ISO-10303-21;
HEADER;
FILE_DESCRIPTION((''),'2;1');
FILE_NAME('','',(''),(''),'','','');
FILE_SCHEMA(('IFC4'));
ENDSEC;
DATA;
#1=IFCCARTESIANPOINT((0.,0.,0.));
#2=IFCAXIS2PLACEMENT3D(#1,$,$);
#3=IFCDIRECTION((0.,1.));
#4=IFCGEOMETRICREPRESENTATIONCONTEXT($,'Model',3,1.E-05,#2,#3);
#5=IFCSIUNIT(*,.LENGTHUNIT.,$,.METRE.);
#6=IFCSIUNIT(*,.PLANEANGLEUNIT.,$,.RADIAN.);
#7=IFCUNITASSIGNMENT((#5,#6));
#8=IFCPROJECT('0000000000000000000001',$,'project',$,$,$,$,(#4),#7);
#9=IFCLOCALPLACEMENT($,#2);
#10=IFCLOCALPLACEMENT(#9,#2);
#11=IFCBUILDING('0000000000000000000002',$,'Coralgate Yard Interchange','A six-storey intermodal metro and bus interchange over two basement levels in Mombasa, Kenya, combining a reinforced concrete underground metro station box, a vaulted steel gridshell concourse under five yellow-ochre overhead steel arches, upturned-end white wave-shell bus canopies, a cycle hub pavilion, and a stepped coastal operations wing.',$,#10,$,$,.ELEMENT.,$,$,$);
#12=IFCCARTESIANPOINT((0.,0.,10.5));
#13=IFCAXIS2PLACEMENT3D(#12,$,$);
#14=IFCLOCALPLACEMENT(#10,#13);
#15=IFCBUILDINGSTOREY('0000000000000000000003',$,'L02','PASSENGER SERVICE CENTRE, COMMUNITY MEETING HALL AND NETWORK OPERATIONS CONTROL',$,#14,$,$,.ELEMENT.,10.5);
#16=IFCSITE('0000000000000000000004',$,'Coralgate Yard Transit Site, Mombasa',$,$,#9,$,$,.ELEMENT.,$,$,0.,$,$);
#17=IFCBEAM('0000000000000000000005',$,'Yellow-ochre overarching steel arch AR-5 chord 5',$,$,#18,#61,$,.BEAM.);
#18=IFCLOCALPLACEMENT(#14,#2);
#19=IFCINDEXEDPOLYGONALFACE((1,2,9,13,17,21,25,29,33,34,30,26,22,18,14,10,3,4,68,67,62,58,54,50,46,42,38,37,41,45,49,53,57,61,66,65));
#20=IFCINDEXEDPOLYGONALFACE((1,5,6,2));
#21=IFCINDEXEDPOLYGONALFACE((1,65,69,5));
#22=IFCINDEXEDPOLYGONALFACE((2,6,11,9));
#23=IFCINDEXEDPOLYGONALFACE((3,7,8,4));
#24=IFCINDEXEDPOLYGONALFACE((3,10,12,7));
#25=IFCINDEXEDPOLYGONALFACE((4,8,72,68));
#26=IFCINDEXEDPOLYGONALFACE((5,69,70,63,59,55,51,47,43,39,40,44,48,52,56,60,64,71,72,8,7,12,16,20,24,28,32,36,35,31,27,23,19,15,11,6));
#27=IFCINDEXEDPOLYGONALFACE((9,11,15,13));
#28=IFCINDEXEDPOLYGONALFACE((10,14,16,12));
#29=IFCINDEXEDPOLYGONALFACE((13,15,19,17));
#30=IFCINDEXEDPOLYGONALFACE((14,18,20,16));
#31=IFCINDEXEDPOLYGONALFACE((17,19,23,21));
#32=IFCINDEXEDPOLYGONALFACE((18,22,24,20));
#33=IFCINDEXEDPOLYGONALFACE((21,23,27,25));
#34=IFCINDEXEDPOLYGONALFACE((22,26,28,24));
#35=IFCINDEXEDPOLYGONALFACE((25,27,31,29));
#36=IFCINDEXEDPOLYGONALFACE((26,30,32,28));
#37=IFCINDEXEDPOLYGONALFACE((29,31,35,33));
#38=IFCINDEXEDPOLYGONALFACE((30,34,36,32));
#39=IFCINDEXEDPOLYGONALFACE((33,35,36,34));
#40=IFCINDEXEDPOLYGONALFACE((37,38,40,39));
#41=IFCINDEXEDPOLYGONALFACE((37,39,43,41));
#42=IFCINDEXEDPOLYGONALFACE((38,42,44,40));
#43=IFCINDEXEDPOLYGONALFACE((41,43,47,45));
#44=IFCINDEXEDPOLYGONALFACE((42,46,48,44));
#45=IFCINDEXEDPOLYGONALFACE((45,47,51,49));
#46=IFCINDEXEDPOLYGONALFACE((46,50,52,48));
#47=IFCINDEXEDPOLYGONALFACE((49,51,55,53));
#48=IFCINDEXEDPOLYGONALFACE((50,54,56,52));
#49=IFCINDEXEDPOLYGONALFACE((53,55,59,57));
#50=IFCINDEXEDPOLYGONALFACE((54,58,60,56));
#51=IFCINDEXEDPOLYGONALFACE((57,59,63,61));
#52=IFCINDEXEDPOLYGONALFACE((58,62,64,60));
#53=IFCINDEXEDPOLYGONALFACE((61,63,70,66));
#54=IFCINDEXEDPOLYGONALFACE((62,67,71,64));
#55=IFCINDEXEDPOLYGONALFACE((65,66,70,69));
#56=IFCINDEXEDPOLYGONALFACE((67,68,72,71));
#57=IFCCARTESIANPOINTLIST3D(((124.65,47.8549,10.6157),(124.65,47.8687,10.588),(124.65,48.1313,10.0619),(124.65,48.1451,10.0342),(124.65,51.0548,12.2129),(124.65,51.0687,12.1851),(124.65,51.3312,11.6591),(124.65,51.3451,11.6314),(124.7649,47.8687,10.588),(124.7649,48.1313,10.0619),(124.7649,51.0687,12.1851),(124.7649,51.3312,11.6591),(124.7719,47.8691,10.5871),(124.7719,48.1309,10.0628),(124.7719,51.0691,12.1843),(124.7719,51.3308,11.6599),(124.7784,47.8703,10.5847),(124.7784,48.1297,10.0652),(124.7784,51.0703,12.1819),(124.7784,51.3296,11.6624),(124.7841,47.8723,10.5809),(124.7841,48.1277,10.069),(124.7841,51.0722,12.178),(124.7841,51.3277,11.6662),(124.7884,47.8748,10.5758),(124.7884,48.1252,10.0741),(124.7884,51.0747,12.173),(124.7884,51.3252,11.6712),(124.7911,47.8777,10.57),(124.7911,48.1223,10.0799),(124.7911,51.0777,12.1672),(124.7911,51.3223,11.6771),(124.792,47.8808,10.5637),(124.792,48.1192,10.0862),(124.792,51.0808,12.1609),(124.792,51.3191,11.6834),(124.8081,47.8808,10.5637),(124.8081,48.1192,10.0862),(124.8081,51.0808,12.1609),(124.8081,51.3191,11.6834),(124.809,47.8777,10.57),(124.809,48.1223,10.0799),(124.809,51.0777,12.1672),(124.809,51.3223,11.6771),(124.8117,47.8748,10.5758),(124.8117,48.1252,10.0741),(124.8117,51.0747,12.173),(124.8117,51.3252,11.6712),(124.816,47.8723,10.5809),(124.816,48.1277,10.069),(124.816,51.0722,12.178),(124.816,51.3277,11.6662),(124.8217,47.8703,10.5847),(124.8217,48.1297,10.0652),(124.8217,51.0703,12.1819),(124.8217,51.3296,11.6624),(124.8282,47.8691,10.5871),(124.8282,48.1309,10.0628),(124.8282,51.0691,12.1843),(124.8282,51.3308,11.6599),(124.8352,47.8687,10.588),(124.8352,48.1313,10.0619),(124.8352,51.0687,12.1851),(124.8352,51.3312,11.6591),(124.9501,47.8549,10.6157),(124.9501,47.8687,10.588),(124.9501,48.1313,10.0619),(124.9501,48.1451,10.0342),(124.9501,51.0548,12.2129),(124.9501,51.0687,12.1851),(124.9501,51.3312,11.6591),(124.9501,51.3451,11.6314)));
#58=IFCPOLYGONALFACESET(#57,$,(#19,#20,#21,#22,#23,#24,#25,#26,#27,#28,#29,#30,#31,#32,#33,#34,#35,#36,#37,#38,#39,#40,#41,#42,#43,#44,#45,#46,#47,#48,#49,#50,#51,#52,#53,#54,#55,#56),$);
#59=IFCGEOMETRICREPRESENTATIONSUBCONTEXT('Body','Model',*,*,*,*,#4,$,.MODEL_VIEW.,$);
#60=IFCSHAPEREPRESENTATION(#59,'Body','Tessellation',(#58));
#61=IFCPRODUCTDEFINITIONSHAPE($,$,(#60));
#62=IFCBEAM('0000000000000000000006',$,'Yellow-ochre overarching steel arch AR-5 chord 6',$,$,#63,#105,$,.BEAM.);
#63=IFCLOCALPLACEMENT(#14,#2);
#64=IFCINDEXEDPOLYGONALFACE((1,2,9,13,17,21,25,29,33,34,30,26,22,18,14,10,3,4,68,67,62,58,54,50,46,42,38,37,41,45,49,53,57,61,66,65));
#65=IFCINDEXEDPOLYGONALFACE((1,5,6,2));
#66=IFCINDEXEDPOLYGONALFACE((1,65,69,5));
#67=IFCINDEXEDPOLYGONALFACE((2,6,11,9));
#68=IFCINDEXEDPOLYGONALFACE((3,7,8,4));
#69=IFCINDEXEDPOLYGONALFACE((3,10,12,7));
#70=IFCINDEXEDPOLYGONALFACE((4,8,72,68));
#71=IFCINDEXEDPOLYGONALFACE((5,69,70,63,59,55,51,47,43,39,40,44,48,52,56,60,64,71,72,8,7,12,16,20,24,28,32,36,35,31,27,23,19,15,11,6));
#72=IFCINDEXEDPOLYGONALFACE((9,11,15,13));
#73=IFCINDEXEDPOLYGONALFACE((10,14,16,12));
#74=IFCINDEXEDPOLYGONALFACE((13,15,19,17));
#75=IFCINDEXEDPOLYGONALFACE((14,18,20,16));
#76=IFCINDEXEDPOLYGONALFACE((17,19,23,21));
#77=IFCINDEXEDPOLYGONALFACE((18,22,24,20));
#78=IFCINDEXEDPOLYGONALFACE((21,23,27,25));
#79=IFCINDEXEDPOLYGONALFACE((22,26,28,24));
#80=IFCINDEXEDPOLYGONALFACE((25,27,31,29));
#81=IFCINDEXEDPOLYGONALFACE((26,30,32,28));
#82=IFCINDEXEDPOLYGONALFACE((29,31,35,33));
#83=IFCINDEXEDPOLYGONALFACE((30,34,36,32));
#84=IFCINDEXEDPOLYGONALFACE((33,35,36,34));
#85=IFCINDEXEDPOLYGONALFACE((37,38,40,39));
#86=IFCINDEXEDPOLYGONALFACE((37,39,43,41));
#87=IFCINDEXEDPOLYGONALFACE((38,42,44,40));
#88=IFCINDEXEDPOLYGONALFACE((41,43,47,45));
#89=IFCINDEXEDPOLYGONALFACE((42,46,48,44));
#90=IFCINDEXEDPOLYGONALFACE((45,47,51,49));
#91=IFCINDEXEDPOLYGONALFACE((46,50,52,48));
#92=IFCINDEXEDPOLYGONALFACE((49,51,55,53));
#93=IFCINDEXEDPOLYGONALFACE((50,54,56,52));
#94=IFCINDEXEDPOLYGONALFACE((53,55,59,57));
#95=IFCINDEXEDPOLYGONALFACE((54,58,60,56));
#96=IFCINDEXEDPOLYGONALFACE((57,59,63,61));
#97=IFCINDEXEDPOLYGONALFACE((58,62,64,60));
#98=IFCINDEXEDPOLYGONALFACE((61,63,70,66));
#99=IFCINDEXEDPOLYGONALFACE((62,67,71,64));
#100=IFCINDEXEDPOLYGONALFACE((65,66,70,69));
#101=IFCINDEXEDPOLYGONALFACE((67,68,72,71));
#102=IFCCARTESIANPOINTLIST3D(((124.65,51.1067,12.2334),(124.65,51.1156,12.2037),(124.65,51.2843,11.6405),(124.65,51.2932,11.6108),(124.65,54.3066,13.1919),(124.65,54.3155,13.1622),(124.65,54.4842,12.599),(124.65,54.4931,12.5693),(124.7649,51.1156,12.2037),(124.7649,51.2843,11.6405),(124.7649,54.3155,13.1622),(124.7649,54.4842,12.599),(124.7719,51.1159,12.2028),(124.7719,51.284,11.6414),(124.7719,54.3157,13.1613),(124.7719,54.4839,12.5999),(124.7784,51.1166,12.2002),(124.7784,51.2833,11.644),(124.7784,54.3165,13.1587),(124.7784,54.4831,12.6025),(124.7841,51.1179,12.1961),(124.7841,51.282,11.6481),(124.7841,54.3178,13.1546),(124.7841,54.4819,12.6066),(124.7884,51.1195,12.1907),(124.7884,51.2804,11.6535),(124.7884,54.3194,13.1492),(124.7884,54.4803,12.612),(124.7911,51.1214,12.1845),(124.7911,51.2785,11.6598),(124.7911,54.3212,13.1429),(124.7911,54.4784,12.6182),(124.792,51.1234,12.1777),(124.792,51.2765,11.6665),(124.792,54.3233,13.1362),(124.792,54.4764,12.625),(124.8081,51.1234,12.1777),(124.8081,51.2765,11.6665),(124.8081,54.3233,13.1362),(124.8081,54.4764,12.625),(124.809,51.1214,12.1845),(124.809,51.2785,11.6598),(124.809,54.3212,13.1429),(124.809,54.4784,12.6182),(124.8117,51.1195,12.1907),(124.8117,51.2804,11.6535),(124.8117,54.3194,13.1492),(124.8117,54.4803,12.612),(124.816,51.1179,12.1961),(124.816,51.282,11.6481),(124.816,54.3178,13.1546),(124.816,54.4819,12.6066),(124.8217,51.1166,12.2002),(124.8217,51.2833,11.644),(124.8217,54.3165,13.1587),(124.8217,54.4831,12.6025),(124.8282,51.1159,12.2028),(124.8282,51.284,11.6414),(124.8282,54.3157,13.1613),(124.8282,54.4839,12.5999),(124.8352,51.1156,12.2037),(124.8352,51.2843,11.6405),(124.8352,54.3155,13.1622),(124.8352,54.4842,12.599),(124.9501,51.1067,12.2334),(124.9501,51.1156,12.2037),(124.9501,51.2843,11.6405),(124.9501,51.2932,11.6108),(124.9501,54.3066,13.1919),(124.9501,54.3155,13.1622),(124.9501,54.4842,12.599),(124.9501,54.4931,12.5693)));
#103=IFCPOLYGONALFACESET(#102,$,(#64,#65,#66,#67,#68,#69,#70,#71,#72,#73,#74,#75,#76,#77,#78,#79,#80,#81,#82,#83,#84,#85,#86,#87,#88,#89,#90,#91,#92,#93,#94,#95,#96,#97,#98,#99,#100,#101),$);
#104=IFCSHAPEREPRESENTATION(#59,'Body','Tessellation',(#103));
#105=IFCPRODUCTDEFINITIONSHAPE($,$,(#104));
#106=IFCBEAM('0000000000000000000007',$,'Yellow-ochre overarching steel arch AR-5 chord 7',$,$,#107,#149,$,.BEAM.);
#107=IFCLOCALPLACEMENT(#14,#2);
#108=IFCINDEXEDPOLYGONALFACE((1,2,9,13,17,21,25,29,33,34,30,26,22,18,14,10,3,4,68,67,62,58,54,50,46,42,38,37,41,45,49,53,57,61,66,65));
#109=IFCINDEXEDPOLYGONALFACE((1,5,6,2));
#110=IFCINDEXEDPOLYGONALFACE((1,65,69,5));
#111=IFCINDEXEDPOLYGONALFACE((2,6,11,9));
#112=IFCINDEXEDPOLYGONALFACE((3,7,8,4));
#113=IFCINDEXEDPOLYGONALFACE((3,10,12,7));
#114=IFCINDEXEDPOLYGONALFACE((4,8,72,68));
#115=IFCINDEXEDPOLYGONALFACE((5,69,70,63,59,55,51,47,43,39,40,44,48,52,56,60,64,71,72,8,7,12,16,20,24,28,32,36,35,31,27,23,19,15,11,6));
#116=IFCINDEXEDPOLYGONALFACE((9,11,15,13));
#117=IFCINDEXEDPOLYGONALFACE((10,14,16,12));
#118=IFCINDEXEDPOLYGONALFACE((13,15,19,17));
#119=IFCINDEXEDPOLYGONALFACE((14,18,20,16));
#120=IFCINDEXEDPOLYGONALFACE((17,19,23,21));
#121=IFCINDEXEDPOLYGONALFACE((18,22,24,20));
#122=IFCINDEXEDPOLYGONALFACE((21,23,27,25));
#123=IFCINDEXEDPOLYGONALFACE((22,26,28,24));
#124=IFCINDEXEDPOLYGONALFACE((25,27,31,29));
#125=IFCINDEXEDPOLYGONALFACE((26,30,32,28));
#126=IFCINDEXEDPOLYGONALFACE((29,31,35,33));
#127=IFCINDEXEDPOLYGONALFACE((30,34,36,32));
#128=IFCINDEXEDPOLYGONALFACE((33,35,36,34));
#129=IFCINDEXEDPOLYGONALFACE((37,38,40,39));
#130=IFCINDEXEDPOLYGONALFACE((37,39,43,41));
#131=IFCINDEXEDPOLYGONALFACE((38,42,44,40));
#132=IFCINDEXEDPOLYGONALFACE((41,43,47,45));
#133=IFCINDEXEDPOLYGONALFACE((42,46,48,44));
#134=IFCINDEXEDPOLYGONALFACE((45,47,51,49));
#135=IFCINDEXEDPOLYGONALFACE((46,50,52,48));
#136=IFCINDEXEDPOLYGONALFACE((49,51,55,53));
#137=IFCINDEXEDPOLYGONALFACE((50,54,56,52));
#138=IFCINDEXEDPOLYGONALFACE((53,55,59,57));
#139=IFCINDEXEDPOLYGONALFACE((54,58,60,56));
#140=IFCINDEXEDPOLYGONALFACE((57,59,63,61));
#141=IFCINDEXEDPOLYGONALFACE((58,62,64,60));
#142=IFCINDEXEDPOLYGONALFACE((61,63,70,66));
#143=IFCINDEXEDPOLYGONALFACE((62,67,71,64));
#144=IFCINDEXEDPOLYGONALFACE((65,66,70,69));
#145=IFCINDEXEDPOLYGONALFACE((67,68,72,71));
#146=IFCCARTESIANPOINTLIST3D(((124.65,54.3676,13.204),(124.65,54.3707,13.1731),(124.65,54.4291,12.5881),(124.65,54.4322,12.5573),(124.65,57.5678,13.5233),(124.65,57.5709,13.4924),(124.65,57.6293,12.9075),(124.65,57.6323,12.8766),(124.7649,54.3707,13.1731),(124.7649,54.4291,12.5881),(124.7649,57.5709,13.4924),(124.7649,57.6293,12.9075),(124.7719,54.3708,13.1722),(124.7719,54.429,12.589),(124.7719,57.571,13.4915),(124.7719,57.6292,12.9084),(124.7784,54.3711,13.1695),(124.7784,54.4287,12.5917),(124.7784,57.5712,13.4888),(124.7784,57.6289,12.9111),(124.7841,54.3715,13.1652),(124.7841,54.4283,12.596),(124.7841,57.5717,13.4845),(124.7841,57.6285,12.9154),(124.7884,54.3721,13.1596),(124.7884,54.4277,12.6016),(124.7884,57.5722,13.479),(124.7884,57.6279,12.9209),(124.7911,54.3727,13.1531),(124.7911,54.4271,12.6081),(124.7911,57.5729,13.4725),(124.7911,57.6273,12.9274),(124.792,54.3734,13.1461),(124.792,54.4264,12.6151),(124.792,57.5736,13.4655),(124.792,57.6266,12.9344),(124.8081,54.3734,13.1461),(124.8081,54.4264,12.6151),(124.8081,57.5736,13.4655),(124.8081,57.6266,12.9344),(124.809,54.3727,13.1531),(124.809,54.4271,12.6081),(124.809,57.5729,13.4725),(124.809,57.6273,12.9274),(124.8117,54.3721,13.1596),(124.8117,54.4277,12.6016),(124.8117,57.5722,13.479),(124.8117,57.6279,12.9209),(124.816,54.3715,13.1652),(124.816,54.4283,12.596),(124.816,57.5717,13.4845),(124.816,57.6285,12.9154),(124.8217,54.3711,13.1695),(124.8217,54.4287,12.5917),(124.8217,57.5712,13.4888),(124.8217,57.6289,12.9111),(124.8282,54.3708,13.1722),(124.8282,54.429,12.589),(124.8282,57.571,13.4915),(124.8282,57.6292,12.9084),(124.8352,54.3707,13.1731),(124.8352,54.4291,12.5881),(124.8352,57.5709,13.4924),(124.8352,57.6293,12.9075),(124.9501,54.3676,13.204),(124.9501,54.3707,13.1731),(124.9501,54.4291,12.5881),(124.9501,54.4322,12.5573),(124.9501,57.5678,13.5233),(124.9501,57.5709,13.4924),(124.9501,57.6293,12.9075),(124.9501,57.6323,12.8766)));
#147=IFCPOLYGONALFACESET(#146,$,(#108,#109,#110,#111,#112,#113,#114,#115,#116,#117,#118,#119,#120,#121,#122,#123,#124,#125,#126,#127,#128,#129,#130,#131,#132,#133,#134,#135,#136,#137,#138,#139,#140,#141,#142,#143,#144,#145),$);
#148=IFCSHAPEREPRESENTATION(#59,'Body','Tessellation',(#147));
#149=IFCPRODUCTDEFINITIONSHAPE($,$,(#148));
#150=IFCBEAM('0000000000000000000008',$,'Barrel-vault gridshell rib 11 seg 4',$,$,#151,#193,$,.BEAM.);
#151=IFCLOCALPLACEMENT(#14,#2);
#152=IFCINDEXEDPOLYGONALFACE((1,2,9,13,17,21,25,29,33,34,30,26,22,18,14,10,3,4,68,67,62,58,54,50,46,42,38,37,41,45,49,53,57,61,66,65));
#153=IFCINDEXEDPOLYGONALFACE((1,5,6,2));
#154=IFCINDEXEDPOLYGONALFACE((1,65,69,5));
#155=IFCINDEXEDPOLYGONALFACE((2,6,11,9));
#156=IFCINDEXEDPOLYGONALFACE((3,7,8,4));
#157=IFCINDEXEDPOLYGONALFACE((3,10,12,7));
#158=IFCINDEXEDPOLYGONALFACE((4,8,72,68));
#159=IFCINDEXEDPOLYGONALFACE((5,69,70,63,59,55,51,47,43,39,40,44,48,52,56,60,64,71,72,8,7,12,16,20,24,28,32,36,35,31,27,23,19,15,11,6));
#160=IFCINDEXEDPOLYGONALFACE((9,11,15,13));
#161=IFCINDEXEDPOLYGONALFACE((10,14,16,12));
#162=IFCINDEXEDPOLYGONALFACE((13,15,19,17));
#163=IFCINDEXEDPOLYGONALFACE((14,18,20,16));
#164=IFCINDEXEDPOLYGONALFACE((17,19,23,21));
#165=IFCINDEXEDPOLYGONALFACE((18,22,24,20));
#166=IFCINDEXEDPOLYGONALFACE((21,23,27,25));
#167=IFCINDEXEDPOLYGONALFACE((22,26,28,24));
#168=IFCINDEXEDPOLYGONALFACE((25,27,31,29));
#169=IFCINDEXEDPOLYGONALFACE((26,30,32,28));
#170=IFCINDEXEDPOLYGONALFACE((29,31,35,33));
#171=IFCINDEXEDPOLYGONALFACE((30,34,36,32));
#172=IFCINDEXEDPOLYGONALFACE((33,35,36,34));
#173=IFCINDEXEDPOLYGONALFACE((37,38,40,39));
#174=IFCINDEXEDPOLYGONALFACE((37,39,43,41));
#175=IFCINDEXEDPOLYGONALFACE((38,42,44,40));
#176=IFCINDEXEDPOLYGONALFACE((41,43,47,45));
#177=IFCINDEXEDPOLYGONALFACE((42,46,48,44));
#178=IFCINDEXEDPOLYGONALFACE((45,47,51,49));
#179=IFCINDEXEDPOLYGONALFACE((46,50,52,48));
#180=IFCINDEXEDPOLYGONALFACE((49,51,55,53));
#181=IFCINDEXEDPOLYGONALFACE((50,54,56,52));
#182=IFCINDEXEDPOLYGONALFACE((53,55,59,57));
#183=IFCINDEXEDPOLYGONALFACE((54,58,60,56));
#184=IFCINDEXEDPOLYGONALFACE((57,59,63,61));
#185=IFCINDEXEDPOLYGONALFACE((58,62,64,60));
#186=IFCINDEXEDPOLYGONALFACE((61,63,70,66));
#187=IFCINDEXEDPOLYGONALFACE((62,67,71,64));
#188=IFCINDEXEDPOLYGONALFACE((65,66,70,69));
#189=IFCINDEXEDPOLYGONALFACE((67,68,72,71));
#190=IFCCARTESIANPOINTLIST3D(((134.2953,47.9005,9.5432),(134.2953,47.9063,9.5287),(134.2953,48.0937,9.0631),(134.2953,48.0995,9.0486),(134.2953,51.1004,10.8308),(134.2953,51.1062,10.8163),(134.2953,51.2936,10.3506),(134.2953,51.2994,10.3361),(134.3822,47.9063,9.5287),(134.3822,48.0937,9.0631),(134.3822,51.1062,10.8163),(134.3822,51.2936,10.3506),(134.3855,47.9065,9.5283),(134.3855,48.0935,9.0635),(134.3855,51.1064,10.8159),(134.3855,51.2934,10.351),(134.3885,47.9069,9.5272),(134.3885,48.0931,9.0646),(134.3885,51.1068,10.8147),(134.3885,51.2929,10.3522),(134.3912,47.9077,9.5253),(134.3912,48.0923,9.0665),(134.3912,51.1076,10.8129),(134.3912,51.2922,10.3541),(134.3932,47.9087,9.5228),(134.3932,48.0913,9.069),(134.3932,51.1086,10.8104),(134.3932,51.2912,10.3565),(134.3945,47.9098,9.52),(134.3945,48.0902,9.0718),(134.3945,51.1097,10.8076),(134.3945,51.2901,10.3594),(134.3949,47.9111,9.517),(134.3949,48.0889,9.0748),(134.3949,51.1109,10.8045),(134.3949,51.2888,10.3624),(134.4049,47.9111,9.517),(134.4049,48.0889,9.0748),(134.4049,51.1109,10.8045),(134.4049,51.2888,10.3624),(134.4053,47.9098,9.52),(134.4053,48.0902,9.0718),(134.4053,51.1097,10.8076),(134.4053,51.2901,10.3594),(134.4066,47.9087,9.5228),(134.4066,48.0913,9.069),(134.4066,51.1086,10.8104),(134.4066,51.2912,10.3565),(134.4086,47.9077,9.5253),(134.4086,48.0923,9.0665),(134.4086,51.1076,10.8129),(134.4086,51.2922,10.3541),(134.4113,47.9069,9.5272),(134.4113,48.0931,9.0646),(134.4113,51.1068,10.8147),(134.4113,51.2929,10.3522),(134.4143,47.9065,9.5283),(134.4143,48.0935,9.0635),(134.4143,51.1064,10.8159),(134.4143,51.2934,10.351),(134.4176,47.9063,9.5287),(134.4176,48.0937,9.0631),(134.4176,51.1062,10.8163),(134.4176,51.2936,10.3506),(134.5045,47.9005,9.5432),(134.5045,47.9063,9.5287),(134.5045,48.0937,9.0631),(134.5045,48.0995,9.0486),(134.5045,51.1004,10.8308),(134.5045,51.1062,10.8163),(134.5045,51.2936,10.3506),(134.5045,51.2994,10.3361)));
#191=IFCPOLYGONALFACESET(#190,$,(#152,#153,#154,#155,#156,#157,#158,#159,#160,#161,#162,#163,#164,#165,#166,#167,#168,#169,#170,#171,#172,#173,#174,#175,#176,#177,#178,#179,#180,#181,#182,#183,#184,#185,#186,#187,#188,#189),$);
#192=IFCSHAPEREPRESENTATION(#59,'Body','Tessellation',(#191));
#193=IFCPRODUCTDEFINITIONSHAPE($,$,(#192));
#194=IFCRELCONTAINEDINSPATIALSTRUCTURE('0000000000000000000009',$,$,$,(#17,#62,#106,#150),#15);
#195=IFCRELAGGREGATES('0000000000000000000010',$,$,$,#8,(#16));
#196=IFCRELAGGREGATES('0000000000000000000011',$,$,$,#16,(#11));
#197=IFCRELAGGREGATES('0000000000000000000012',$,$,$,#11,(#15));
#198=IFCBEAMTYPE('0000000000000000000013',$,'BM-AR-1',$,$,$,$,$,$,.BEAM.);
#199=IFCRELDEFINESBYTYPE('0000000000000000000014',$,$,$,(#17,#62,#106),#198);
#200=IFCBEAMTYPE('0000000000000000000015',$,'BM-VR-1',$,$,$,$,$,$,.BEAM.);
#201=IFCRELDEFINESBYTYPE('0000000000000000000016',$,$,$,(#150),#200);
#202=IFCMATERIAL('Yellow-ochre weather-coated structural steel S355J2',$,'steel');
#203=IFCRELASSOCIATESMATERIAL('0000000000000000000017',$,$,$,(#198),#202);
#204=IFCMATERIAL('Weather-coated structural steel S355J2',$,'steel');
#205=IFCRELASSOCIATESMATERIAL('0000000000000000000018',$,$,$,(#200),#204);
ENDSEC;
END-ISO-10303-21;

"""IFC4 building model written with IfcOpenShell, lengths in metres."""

from ifc_helpers import new_model, si_unit, direction, frame, origin, origin_2d, place, context, subcontext, project, spatial, i_section, extrude, material, material_profile, profile_set, type_object, element, save


model = new_model("IFC4")

# Units and contexts
model_context = context("Model", 3, precision=1e-05, world=origin(), true_north=direction((0.0, 1.0)))
body_context = subcontext(model_context, "Body", "Model", "MODEL_VIEW")
ifc_project = project(units=[si_unit("LENGTHUNIT", "METRE"), si_unit("PLANEANGLEUNIT", "RADIAN")], contexts=[model_context])

# Site, building, storey
site_placement = place(None, origin())
site = spatial("IfcSite", under=ifc_project, at=site_placement, Name="Coralgate Yard Transit Site, Mombasa", CompositionType="ELEMENT", RefElevation=0.0)
building_placement = place(site_placement, origin())
building = spatial("IfcBuilding", under=site, at=building_placement, Name="Coralgate Yard Interchange", Description="A six-storey intermodal metro and bus interchange over two basement levels in Mombasa, Kenya, combining a reinforced concrete underground metro station box, a vaulted steel gridshell concourse under five yellow-ochre overhead steel arches, upturned-end white wave-shell bus canopies, a cycle hub pavilion, and a stepped coastal operations wing.", CompositionType="ELEMENT")
storey_placement = place(building_placement, frame((0.0, 0.0, 10.5)))
storey = spatial("IfcBuildingStorey", under=building, at=storey_placement, Name="L02", Description="PASSENGER SERVICE CENTRE, COMMUNITY MEETING HALL AND NETWORK OPERATIONS CONTROL", CompositionType="ELEMENT", Elevation=10.5)

# Beams
ifc_material_1 = material(Name="Yellow-ochre weather-coated structural steel S355J2", Category="steel")
ifc_material_profile_1 = material_profile(ifc_material_1, i_section(OverallWidth=0.3, OverallDepth=0.6499, WebThickness=0.0161, FlangeThickness=0.031, FilletRadius=0.0271, at=origin_2d()), Name="HEB 650")
ifc_profile_set_1 = profile_set([ifc_material_profile_1], Name="Yellow-ochre weather-coated structural steel S355J2")
beam_type_1 = type_object("IfcBeamType", Name="BM-AR-1", PredefinedType="BEAM", material=ifc_profile_set_1)
beam_1_placement = place(storey_placement, frame((124.8, 48.0, 10.325), z_axis=(0.0, 0.894741, 0.446585), x_axis=(-1.0, 0.0, 0.0)))
element("IfcBeam", 1, at=beam_1_placement, inside=storey, type_object=beam_type_1, Name="Yellow-ochre overarching steel arch AR-5 chord 5", PredefinedType="BEAM", context=body_context, shape_type="SweptSolid", body=[
    extrude(i_section(OverallWidth=0.3, OverallDepth=0.6499, WebThickness=0.0161, FlangeThickness=0.031, FilletRadius=0.0271, at=origin_2d()), origin(), (0.0, 0.0, 1.0), 3.5764),
])
beam_2_placement = place(storey_placement, frame((124.8, 51.2, 11.9221), z_axis=(0.0, 0.957949, 0.286939), x_axis=(-1.0, 0.0, 0.0)))
element("IfcBeam", 2, at=beam_2_placement, inside=storey, type_object=beam_type_1, Name="Yellow-ochre overarching steel arch AR-5 chord 6", PredefinedType="BEAM", context=body_context, shape_type="SweptSolid", body=[
    extrude(i_section(OverallWidth=0.3, OverallDepth=0.6499, WebThickness=0.0161, FlangeThickness=0.031, FilletRadius=0.0271, at=origin_2d()), origin(), (0.0, 0.0, 1.0), 3.3403),
])
beam_3_placement = place(storey_placement, frame((124.8, 54.3999, 12.8806), z_axis=(0.0, 0.995058, 0.099293), x_axis=(-1.0, 0.0, 0.0)))
element("IfcBeam", 3, at=beam_3_placement, inside=storey, type_object=beam_type_1, Name="Yellow-ochre overarching steel arch AR-5 chord 7", PredefinedType="BEAM", context=body_context, shape_type="SweptSolid", body=[
    extrude(i_section(OverallWidth=0.3, OverallDepth=0.6499, WebThickness=0.0161, FlangeThickness=0.031, FilletRadius=0.0271, at=origin_2d()), origin(), (0.0, 0.0, 1.0), 3.2161),
])
ifc_material_2 = material(Name="Weather-coated structural steel S355J2", Category="steel")
ifc_material_profile_2 = material_profile(ifc_material_2, i_section(OverallWidth=0.2092, OverallDepth=0.5332, WebThickness=0.01, FlangeThickness=0.0156, FilletRadius=0.0127, at=origin_2d()), Name="UB 533x210x92")
ifc_profile_set_2 = profile_set([ifc_material_profile_2], Name="Weather-coated structural steel S355J2")
beam_type_2 = type_object("IfcBeamType", Name="BM-VR-1", PredefinedType="BEAM", material=ifc_profile_set_2)
beam_4_placement = place(storey_placement, frame((134.3999, 48.0, 9.2959), z_axis=(0.0, 0.927713, 0.373294), x_axis=(-1.0, 0.0, 0.0)))
element("IfcBeam", 4, at=beam_4_placement, inside=storey, type_object=beam_type_2, Name="Barrel-vault gridshell rib 11 seg 4", PredefinedType="BEAM", context=body_context, shape_type="SweptSolid", body=[
    extrude(i_section(OverallWidth=0.2092, OverallDepth=0.5332, WebThickness=0.01, FlangeThickness=0.0156, FilletRadius=0.0127, at=origin_2d()), origin(), (0.0, 0.0, 1.0), 3.4492),
])

save(model, "model.ifc")
